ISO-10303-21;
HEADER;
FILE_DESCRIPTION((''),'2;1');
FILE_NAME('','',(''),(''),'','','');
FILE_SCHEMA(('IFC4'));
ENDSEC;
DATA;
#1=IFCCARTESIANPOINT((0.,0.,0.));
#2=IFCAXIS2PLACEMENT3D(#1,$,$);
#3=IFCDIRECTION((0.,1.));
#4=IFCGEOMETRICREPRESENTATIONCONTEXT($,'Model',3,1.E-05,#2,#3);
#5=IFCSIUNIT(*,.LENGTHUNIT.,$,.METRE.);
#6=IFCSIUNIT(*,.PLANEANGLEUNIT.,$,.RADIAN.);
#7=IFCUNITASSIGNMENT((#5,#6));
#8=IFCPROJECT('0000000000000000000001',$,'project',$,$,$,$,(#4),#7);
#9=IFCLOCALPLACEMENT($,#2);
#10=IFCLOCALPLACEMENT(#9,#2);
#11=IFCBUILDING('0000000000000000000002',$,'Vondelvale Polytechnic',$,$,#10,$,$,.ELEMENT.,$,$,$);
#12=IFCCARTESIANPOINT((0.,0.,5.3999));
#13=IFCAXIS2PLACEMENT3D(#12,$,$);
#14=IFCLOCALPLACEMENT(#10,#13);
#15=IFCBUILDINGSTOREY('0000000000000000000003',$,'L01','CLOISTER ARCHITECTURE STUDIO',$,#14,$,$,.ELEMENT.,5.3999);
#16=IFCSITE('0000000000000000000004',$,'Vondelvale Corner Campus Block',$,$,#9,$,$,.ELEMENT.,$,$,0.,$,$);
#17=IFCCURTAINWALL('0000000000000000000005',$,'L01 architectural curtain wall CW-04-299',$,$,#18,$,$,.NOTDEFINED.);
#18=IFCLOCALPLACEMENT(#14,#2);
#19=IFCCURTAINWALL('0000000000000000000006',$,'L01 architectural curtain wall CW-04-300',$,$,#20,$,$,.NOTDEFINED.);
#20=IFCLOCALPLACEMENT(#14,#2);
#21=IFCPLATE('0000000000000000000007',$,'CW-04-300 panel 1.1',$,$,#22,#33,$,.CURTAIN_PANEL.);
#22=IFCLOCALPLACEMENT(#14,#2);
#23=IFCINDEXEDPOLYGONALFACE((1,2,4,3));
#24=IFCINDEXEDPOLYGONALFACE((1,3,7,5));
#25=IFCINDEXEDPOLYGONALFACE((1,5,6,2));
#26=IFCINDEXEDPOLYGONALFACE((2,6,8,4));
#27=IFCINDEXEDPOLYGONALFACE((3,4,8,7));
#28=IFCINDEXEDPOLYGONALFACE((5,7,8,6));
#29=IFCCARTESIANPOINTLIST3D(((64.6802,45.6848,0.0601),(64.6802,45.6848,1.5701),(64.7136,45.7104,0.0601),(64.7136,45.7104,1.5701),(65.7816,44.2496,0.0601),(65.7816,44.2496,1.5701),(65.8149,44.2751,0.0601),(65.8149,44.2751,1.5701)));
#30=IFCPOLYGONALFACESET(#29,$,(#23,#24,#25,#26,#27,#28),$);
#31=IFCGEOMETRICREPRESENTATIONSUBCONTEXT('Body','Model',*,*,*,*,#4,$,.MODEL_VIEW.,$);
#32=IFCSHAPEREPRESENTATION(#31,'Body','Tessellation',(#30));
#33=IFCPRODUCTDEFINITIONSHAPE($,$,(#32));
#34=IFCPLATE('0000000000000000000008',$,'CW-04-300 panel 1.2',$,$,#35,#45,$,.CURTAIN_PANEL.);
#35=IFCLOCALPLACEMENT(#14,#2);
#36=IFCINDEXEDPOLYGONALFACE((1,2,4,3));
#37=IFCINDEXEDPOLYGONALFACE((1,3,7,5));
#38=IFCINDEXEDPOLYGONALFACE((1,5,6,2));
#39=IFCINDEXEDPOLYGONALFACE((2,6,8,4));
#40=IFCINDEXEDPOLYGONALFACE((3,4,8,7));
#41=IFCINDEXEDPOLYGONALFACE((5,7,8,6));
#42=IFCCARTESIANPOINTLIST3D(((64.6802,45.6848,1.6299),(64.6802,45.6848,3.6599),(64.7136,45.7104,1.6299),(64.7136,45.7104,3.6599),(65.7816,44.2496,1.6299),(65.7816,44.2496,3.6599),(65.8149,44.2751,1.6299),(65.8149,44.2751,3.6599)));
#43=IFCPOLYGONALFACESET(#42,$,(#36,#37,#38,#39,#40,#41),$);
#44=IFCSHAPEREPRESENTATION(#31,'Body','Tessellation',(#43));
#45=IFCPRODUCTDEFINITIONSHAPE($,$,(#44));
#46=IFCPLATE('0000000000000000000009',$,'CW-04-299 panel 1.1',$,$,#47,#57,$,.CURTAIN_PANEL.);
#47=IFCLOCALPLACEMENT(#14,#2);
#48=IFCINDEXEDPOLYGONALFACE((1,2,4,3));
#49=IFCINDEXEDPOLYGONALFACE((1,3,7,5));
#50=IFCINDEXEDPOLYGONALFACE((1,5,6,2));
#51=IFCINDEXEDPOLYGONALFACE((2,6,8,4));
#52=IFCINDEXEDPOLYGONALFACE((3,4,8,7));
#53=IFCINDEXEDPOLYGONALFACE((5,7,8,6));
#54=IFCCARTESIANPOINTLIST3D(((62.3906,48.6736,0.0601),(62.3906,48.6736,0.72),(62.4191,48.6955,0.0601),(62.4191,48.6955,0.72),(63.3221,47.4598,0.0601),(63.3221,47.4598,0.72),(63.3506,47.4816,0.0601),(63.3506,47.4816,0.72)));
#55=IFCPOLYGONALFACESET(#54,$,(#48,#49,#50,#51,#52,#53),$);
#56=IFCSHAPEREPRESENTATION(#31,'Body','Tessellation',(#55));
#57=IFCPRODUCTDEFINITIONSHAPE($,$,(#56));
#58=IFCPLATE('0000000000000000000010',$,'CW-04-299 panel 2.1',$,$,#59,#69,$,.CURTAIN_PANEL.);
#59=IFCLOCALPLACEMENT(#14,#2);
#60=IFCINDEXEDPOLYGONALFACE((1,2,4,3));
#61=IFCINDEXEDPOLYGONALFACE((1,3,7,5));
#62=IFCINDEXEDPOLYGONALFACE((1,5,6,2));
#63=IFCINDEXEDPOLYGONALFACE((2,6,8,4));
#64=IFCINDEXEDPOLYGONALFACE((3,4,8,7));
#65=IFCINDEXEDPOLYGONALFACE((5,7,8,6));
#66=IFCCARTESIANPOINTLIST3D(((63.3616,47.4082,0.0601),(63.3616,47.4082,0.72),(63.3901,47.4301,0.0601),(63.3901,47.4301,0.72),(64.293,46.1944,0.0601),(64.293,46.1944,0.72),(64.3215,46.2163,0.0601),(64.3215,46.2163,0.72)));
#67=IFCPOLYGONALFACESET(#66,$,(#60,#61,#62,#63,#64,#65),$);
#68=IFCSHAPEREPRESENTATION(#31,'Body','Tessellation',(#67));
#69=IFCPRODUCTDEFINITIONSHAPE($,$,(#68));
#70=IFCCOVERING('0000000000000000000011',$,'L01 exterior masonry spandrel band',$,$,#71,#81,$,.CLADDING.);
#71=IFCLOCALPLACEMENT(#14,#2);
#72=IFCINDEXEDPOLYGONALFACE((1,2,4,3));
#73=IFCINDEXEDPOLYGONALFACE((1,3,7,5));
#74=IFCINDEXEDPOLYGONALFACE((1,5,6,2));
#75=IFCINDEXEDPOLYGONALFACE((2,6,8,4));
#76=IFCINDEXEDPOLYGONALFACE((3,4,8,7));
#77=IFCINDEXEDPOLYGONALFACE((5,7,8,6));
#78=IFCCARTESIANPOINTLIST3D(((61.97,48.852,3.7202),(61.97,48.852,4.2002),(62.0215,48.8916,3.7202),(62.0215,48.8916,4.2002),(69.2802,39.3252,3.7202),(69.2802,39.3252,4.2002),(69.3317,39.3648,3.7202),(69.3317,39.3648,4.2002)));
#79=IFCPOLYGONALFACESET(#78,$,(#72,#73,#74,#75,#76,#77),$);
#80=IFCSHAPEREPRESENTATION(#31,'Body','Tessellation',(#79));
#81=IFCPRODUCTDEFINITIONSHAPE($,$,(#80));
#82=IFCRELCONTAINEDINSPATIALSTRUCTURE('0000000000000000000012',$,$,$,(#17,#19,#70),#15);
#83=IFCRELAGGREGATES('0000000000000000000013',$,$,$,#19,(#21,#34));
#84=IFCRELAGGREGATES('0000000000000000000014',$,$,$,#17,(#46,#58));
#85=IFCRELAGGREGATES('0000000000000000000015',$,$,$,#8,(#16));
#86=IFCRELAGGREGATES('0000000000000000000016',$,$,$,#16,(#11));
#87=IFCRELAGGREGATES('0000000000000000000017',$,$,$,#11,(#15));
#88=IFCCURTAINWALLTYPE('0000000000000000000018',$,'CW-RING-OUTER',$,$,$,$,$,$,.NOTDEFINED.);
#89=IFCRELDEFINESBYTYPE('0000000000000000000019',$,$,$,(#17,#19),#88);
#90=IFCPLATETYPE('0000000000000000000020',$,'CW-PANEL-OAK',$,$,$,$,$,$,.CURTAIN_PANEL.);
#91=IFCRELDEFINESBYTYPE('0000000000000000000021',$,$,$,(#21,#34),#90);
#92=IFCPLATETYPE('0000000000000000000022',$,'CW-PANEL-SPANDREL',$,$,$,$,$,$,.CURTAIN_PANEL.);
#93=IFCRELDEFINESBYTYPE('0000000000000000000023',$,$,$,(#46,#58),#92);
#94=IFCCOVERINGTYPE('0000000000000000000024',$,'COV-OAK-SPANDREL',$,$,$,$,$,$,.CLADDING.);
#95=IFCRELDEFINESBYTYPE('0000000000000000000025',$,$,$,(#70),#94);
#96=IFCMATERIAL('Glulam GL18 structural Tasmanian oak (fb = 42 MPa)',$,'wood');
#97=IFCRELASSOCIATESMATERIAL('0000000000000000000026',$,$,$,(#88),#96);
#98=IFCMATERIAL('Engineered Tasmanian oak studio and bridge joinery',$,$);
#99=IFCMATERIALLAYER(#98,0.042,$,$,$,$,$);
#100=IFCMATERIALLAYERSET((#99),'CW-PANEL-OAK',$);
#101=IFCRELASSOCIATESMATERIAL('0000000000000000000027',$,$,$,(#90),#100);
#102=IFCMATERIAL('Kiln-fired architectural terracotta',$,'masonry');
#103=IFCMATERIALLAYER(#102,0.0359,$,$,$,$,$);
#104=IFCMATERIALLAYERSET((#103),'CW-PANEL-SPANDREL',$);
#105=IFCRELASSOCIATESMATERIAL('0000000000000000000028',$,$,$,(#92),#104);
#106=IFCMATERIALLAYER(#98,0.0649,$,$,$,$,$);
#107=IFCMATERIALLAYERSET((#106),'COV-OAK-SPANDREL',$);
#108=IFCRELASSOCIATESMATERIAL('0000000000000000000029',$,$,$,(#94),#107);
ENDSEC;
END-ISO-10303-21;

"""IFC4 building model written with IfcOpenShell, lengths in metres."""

from ifc_helpers import new_model, si_unit, direction, frame, origin, origin_2d, place, context, subcontext, project, spatial, rectangle, extrude, material, layer, layer_set, type_object, element, aggregate, save


model = new_model("IFC4")

# Units and contexts
model_context = context("Model", 3, precision=1e-05, world=origin(), true_north=direction((0.0, 1.0)))
body_context = subcontext(model_context, "Body", "Model", "MODEL_VIEW")
ifc_project = project(units=[si_unit("LENGTHUNIT", "METRE"), si_unit("PLANEANGLEUNIT", "RADIAN")], contexts=[model_context])

# Site, building, storey
site_placement = place(None, origin())
site = spatial("IfcSite", under=ifc_project, at=site_placement, Name="Vondelvale Corner Campus Block", CompositionType="ELEMENT", RefElevation=0.0)
building_placement = place(site_placement, origin())
building = spatial("IfcBuilding", under=site, at=building_placement, Name="Vondelvale Polytechnic", CompositionType="ELEMENT")
storey_placement = place(building_placement, frame((0.0, 0.0, 5.3999)))
storey = spatial("IfcBuildingStorey", under=building, at=storey_placement, Name="L01", Description="CLOISTER ARCHITECTURE STUDIO", CompositionType="ELEMENT", Elevation=5.3999)

# Shared definitions
ifc_material_1 = material(Name="Glulam GL18 structural Tasmanian oak (fb = 42 MPa)", Category="wood")

# Shared definitions
curtain_wall_type = type_object("IfcCurtainWallType", Name="CW-RING-OUTER", PredefinedType="NOTDEFINED", material=ifc_material_1)

# Curtain wall
curtain_wall_1_placement = place(storey_placement, origin())
curtain_wall_1 = element("IfcCurtainWall", 1, at=curtain_wall_1_placement, inside=storey, type_object=curtain_wall_type, Name="L01 architectural curtain wall CW-04-299", PredefinedType="NOTDEFINED")

# Curtain wall
curtain_wall_2_placement = place(storey_placement, origin())
curtain_wall_2 = element("IfcCurtainWall", 2, at=curtain_wall_2_placement, inside=storey, type_object=curtain_wall_type, Name="L01 architectural curtain wall CW-04-300", PredefinedType="NOTDEFINED")

# Plates
ifc_material_2 = material(Name="Engineered Tasmanian oak studio and bridge joinery")
ifc_layer_1 = layer(ifc_material_2, 0.042)
ifc_layer_set_1 = layer_set([ifc_layer_1], Name="CW-PANEL-OAK")
plate_type_1 = type_object("IfcPlateType", Name="CW-PANEL-OAK", PredefinedType="CURTAIN_PANEL", material=ifc_layer_set_1)
plate_1_placement = place(storey_placement, frame((65.2476, 44.98, 0.0601), z_axis=(0.0, 0.0, 1.0), x_axis=(0.608771, -0.793346, 0.0)))
plate_1 = element("IfcPlate", 3, at=plate_1_placement, type_object=plate_type_1, Name="CW-04-300 panel 1.1", PredefinedType="CURTAIN_PANEL", context=body_context, shape_type="SweptSolid", body=[
    extrude(rectangle(XDim=1.8091, YDim=0.042, at=origin_2d()), origin(), (0.0, 0.0, 1.0), 1.51),
])
plate_2_placement = place(storey_placement, frame((65.2476, 44.98, 1.6299), z_axis=(0.0, 0.0, 1.0), x_axis=(0.608771, -0.793346, 0.0)))
plate_2 = element("IfcPlate", 4, at=plate_2_placement, type_object=plate_type_1, Name="CW-04-300 panel 1.2", PredefinedType="CURTAIN_PANEL", context=body_context, shape_type="SweptSolid", body=[
    extrude(rectangle(XDim=1.8091, YDim=0.042, at=origin_2d()), origin(), (0.0, 0.0, 1.0), 2.03),
])
aggregate(curtain_wall_2, [plate_1, plate_2])
ifc_material_3 = material(Name="Kiln-fired architectural terracotta", Category="masonry")
ifc_layer_2 = layer(ifc_material_3, 0.0359)
ifc_layer_set_2 = layer_set([ifc_layer_2], Name="CW-PANEL-SPANDREL")
plate_type_2 = type_object("IfcPlateType", Name="CW-PANEL-SPANDREL", PredefinedType="CURTAIN_PANEL", material=ifc_layer_set_2)
plate_3_placement = place(storey_placement, frame((62.8706, 48.0776, 0.0601), z_axis=(0.0, 0.0, 1.0), x_axis=(0.608787, -0.793334, 0.0)))
plate_3 = element("IfcPlate", 5, at=plate_3_placement, type_object=plate_type_2, Name="CW-04-299 panel 1.1", PredefinedType="CURTAIN_PANEL", context=body_context, shape_type="SweptSolid", body=[
    extrude(rectangle(XDim=1.53, YDim=0.0359, at=origin_2d()), origin(), (0.0, 0.0, 1.0), 0.6599),
])
plate_4_placement = place(storey_placement, frame((63.8416, 46.8123, 0.0601), z_axis=(0.0, 0.0, 1.0), x_axis=(0.608787, -0.793334, 0.0)))
plate_4 = element("IfcPlate", 6, at=plate_4_placement, type_object=plate_type_2, Name="CW-04-299 panel 2.1", PredefinedType="CURTAIN_PANEL", context=body_context, shape_type="SweptSolid", body=[
    extrude(rectangle(XDim=1.53, YDim=0.0359, at=origin_2d()), origin(), (0.0, 0.0, 1.0), 0.6599),
])
aggregate(curtain_wall_1, [plate_3, plate_4])

# Covering
ifc_layer_3 = layer(ifc_material_2, 0.0649)
ifc_layer_set_3 = layer_set([ifc_layer_3], Name="COV-OAK-SPANDREL")
covering_type = type_object("IfcCoveringType", Name="COV-OAK-SPANDREL", PredefinedType="CLADDING", material=ifc_layer_set_3)
covering_placement = place(storey_placement, frame((65.6509, 44.1084, 3.7202), z_axis=(0.0, 0.0, 1.0), x_axis=(0.608761, -0.793353, 0.0)))
element("IfcCovering", 7, at=covering_placement, inside=storey, type_object=covering_type, Name="L01 exterior masonry spandrel band", PredefinedType="CLADDING", context=body_context, shape_type="SweptSolid", body=[
    extrude(rectangle(XDim=12.0083, YDim=0.0649, at=origin_2d()), origin(), (0.0, 0.0, 1.0), 0.48),
])

save(model, "model.ifc")
